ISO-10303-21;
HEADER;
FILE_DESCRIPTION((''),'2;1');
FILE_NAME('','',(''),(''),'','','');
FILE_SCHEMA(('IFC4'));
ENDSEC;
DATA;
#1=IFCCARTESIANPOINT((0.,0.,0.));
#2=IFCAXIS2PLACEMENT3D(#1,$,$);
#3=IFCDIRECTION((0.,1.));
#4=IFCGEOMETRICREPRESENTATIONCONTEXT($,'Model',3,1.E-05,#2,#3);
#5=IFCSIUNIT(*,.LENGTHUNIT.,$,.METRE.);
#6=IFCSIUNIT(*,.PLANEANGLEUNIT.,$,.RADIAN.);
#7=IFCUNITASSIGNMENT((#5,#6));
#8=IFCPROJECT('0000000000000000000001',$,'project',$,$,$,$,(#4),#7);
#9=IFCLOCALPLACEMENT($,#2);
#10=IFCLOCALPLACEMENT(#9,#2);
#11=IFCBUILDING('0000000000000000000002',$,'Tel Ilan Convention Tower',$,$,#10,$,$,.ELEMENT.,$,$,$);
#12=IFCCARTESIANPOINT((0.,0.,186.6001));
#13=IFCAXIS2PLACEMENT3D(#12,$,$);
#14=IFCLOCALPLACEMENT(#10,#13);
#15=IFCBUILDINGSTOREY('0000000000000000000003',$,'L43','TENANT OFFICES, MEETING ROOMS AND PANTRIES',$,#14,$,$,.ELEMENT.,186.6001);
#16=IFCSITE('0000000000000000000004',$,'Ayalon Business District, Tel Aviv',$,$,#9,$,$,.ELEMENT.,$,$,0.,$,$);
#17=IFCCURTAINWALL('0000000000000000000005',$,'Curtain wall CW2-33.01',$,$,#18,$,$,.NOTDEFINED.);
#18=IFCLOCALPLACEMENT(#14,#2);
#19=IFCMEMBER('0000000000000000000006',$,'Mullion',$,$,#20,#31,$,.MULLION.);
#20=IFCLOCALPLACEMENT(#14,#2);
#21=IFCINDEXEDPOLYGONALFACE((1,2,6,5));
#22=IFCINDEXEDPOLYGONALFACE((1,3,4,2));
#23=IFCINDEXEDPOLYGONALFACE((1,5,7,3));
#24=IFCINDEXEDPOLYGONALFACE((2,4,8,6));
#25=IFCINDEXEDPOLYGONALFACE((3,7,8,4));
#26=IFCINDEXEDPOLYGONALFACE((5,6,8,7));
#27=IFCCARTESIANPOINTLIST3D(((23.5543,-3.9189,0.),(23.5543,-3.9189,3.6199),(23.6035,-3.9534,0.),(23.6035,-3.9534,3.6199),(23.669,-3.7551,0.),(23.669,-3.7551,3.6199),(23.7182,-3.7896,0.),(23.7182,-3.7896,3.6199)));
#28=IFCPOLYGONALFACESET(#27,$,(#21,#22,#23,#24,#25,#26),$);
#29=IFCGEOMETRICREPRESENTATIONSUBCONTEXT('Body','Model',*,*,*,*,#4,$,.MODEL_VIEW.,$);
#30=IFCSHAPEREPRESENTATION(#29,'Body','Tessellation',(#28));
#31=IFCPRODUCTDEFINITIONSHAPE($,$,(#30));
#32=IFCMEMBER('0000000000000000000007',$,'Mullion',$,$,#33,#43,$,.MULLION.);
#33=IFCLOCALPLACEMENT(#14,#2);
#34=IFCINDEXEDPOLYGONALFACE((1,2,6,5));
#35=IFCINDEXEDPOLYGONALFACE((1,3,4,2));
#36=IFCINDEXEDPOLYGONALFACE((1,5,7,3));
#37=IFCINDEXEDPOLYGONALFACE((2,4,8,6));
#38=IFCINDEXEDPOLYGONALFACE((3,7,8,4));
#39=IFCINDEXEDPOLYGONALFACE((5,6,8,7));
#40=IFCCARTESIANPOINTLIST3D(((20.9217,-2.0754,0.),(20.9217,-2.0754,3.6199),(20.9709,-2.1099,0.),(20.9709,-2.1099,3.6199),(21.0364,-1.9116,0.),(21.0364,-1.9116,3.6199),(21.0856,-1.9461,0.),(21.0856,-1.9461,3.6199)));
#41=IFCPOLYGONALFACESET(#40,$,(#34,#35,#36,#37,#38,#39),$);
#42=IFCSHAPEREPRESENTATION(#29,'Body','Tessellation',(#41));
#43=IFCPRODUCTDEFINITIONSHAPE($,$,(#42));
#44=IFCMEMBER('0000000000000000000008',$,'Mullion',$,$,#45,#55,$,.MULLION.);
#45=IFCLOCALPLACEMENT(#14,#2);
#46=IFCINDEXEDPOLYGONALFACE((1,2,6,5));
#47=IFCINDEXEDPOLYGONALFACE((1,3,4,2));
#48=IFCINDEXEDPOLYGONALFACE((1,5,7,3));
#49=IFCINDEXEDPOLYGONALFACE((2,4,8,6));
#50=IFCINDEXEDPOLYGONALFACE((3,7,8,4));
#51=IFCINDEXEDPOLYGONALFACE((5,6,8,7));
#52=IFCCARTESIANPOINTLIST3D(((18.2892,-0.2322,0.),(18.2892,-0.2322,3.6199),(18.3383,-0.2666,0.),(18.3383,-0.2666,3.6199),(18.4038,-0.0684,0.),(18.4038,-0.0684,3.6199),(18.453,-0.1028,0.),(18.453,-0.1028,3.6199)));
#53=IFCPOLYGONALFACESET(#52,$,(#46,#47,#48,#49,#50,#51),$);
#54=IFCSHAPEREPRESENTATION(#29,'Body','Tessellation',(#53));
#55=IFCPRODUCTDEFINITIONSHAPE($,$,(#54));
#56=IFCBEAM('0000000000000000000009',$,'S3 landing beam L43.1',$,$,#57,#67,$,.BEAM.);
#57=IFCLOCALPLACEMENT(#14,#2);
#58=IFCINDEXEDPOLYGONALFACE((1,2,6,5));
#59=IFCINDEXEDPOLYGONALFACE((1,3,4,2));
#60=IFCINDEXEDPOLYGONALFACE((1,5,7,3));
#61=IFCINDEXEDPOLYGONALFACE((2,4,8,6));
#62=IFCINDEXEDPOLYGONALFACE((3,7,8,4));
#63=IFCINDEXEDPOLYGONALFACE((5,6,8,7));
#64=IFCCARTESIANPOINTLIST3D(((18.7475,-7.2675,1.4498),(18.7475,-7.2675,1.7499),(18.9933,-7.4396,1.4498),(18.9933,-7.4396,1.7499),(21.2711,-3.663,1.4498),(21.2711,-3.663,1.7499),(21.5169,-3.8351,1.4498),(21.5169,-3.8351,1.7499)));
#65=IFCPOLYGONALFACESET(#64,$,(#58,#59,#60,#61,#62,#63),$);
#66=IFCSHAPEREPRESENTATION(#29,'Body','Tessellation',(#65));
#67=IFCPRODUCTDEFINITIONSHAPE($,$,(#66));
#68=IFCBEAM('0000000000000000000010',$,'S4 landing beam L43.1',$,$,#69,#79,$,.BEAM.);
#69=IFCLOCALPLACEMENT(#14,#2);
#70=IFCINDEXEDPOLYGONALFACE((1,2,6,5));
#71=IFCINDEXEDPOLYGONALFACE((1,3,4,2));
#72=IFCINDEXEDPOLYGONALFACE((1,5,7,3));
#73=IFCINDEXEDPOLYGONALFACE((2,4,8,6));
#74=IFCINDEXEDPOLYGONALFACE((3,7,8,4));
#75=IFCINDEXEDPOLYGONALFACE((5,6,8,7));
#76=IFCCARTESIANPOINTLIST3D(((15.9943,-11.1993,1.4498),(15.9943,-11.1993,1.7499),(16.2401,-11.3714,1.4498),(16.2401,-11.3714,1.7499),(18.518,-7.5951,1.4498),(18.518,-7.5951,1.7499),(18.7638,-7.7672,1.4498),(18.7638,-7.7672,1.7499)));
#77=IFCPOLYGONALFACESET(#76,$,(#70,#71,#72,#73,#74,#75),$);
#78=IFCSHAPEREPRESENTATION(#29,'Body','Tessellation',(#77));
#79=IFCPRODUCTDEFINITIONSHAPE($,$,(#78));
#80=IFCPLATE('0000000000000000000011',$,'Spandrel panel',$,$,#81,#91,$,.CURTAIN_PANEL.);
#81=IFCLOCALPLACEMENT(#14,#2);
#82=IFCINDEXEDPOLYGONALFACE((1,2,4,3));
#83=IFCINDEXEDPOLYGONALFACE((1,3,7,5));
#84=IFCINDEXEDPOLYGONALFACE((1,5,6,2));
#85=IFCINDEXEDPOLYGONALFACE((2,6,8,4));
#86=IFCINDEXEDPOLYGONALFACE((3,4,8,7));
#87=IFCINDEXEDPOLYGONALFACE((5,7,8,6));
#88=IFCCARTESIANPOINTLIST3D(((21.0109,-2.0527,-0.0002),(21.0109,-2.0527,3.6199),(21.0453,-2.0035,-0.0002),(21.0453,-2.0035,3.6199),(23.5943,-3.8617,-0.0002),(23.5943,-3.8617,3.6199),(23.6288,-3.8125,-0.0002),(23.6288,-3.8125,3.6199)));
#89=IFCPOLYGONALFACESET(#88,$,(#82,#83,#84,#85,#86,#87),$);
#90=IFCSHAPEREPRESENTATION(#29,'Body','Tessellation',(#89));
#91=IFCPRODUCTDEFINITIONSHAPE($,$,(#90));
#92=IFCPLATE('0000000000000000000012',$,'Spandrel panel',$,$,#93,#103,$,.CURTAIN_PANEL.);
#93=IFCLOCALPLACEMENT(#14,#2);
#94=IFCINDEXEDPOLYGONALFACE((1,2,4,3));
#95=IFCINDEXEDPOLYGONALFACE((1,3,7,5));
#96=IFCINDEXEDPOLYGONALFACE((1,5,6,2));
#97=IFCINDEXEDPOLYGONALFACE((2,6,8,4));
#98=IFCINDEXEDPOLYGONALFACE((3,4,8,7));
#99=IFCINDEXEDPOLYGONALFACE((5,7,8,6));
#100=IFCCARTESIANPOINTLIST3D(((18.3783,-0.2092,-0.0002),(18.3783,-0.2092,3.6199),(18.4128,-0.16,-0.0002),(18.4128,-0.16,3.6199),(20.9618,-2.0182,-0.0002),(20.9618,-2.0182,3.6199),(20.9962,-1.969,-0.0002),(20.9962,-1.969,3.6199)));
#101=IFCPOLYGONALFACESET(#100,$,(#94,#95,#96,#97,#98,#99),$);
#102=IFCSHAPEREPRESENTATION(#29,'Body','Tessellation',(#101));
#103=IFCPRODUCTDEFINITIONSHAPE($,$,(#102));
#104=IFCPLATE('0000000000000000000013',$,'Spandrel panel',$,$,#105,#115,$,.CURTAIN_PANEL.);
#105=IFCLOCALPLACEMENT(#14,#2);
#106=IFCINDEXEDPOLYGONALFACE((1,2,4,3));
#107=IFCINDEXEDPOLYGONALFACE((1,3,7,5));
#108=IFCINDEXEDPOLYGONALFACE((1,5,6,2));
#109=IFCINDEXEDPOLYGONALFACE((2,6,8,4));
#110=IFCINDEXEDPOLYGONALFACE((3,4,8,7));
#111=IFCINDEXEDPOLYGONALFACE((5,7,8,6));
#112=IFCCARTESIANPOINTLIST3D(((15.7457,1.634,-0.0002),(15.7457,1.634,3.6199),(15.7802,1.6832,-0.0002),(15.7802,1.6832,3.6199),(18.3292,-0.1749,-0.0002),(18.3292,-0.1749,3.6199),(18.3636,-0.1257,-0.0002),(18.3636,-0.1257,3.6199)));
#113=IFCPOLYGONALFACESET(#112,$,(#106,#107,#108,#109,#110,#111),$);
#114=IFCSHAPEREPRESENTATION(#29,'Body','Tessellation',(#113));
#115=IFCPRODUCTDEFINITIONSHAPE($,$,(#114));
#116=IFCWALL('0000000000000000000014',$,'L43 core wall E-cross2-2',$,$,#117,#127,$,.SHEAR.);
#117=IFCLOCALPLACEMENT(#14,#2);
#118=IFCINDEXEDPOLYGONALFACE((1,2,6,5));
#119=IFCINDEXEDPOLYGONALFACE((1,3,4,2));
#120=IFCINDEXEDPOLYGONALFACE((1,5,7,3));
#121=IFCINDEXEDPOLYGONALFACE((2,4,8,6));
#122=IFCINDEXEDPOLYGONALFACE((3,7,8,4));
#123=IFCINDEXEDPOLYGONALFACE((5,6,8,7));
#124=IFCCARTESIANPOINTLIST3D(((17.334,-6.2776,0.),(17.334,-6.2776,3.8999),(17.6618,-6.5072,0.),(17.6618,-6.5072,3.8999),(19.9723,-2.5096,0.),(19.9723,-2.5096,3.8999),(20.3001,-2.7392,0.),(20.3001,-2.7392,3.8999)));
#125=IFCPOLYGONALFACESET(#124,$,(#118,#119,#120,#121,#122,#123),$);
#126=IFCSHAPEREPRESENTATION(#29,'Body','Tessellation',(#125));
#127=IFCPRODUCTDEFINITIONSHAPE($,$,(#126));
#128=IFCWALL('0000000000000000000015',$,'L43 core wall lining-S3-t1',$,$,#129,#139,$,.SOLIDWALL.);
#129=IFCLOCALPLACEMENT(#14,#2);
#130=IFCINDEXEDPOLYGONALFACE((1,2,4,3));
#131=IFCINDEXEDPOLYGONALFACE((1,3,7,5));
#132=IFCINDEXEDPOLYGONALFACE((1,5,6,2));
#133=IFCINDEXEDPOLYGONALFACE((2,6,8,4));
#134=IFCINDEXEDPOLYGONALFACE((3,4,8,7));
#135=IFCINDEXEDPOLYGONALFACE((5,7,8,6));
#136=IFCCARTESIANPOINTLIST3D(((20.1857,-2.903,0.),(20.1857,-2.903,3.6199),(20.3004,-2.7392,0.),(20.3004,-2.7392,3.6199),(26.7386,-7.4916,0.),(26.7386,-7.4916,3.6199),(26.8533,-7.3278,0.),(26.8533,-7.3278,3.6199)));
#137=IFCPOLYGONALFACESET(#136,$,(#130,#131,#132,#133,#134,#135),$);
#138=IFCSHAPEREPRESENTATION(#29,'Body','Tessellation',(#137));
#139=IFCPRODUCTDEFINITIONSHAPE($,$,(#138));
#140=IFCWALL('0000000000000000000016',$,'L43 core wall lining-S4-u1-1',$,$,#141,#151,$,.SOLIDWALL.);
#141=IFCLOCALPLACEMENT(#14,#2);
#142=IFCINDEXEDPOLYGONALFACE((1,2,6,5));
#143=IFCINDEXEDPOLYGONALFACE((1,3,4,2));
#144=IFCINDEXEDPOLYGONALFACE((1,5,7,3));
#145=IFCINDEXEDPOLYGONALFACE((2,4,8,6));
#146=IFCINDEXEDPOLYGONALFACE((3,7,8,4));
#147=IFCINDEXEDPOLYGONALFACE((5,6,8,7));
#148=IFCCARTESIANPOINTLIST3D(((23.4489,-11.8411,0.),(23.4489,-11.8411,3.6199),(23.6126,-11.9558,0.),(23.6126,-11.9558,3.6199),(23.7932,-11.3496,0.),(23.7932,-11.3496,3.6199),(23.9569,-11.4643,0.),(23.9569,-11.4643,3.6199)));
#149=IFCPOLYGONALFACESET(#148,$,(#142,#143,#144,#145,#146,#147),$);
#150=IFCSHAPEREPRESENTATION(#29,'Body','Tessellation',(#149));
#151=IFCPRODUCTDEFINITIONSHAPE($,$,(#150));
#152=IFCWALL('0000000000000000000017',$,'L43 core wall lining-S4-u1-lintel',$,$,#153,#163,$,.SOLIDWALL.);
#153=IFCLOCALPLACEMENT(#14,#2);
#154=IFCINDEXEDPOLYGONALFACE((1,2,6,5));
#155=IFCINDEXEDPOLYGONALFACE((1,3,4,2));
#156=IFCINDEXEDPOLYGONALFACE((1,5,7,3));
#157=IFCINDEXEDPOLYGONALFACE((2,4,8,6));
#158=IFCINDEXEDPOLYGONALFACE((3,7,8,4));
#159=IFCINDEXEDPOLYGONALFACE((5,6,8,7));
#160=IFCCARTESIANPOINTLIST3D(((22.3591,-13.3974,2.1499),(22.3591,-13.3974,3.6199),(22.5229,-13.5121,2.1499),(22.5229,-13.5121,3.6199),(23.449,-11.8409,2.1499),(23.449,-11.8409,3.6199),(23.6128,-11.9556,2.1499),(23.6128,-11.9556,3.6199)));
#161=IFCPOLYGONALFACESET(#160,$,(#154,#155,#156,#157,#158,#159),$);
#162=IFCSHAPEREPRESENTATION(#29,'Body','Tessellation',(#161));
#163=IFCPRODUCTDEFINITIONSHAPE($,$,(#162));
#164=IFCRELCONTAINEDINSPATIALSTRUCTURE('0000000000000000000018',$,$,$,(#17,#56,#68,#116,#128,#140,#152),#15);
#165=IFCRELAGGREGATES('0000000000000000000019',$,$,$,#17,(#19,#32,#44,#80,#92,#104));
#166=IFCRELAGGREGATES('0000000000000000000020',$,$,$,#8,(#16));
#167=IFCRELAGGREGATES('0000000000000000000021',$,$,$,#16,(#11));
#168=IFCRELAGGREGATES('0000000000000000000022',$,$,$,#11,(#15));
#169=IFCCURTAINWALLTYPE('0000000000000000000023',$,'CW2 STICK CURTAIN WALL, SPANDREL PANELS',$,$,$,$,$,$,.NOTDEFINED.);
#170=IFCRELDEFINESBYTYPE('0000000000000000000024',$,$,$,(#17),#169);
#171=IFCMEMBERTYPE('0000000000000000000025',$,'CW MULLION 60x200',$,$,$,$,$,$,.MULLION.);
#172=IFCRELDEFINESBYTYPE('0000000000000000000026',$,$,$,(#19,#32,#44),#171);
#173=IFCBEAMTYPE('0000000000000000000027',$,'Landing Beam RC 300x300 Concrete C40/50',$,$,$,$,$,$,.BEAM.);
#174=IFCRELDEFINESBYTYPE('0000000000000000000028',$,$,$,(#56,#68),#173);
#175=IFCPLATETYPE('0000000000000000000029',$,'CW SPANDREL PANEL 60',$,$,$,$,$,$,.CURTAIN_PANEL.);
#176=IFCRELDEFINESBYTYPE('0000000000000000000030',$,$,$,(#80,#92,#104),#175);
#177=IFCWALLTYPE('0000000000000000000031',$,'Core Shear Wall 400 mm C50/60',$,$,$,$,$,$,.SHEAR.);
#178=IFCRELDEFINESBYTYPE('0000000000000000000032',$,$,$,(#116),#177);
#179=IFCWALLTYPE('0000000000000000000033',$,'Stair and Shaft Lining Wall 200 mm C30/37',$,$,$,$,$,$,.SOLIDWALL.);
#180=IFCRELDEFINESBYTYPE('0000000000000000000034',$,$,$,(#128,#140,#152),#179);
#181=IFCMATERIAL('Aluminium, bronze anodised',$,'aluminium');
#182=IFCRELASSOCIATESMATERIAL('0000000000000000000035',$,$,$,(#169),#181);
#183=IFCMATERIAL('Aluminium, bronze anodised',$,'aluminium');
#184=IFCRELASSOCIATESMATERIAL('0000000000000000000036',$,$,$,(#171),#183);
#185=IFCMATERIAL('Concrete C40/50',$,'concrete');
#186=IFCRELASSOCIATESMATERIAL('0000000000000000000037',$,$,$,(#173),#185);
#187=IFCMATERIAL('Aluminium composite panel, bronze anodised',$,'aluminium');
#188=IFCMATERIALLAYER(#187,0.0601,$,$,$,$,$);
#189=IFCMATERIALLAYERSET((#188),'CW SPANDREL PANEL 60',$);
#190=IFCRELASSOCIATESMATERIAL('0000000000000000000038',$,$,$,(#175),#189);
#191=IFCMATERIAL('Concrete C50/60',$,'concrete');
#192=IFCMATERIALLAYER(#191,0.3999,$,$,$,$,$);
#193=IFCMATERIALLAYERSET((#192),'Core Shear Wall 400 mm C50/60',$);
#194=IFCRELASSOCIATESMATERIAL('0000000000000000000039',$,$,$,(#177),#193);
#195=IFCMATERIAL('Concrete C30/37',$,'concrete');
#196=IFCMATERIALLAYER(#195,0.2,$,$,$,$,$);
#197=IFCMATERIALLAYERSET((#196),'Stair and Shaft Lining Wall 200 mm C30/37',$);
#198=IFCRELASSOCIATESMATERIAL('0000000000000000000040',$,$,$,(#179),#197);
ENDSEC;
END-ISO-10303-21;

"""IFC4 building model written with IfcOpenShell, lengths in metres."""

from ifc_helpers import new_model, si_unit, direction, frame, frame_2d, origin, origin_2d, place, context, subcontext, project, spatial, polyline, rectangle, outline, extrude, material, layer, layer_set, material_profile, profile_set, type_object, element, aggregate, save


model = new_model("IFC4")

# Units and contexts
model_context = context("Model", 3, precision=1e-05, world=origin(), true_north=direction((0.0, 1.0)))
body_context = subcontext(model_context, "Body", "Model", "MODEL_VIEW")
ifc_project = project(units=[si_unit("LENGTHUNIT", "METRE"), si_unit("PLANEANGLEUNIT", "RADIAN")], contexts=[model_context])

# Site, building, storey
site_placement = place(None, origin())
site = spatial("IfcSite", under=ifc_project, at=site_placement, Name="Ayalon Business District, Tel Aviv", CompositionType="ELEMENT", RefElevation=0.0)
building_placement = place(site_placement, origin())
building = spatial("IfcBuilding", under=site, at=building_placement, Name="Tel Ilan Convention Tower", CompositionType="ELEMENT")
storey_placement = place(building_placement, frame((0.0, 0.0, 186.6001)))
storey = spatial("IfcBuildingStorey", under=building, at=storey_placement, Name="L43", Description="TENANT OFFICES, MEETING ROOMS AND PANTRIES", CompositionType="ELEMENT", Elevation=186.6001)

# Curtain wall, members
ifc_material_1 = material(Name="Aluminium, bronze anodised", Category="aluminium")
curtain_wall_type = type_object("IfcCurtainWallType", Name="CW2 STICK CURTAIN WALL, SPANDREL PANELS", PredefinedType="NOTDEFINED", material=ifc_material_1)
curtain_wall_placement = place(storey_placement, origin())
curtain_wall = element("IfcCurtainWall", 1, at=curtain_wall_placement, inside=storey, type_object=curtain_wall_type, Name="Curtain wall CW2-33.01", PredefinedType="NOTDEFINED")
ifc_material_2 = material(Name="Aluminium, bronze anodised", Category="aluminium")
ifc_material_profile_1 = material_profile(ifc_material_2, rectangle(XDim=0.0601, YDim=0.2, at=origin_2d()), Name="CW MULLION 60x200")
ifc_profile_set_1 = profile_set([ifc_material_profile_1], Name="Aluminium, bronze anodised")
member_type = type_object("IfcMemberType", Name="CW MULLION 60x200", PredefinedType="MULLION", material=ifc_profile_set_1)
member_1_placement = place(storey_placement, frame((23.6362, -3.8542, 0.0), z_axis=(0.0, 0.0, 1.0), x_axis=(-0.819152, 0.573576, 0.0)))
member_1 = element("IfcMember", 2, at=member_1_placement, type_object=member_type, Name="Mullion", PredefinedType="MULLION", context=body_context, shape_type="SweptSolid", body=[
    extrude(rectangle(XDim=0.0601, YDim=0.2, at=origin_2d()), origin(), (0.0, 0.0, 1.0), 3.6199),
])
member_2_placement = place(storey_placement, frame((21.0037, -2.0107, 0.0), z_axis=(0.0, 0.0, 1.0), x_axis=(-0.819152, 0.573576, 0.0)))
member_2 = element("IfcMember", 3, at=member_2_placement, type_object=member_type, Name="Mullion", PredefinedType="MULLION", context=body_context, shape_type="SweptSolid", body=[
    extrude(rectangle(XDim=0.0601, YDim=0.2, at=origin_2d()), origin(), (0.0, 0.0, 1.0), 3.6199),
])
member_3_placement = place(storey_placement, frame((18.3711, -0.1675, 0.0), z_axis=(0.0, 0.0, 1.0), x_axis=(-0.819152, 0.573576, 0.0)))
member_3 = element("IfcMember", 4, at=member_3_placement, type_object=member_type, Name="Mullion", PredefinedType="MULLION", context=body_context, shape_type="SweptSolid", body=[
    extrude(rectangle(XDim=0.0601, YDim=0.2, at=origin_2d()), origin(), (0.0, 0.0, 1.0), 3.6199),
])

# Beams
ifc_material_3 = material(Name="Concrete C40/50", Category="concrete")
ifc_material_profile_2 = material_profile(ifc_material_3, rectangle(XDim=0.3, YDim=0.3, at=origin_2d()), Name="RC 300x300")
ifc_profile_set_2 = profile_set([ifc_material_profile_2], Name="Concrete C40/50")
beam_type = type_object("IfcBeamType", Name="Landing Beam RC 300x300 Concrete C40/50", PredefinedType="BEAM", material=ifc_profile_set_2)
beam_1_placement = place(storey_placement, frame((21.394, -3.749, 1.5999), z_axis=(-0.573544, -0.819175, 0.0), x_axis=(0.819175, -0.573544, 0.0)))
element("IfcBeam", 5, at=beam_1_placement, inside=storey, type_object=beam_type, Name="S3 landing beam L43.1", PredefinedType="BEAM", context=body_context, shape_type="SweptSolid", body=[
    extrude(rectangle(XDim=0.3, YDim=0.3, at=origin_2d()), origin(), (0.0, 0.0, 1.0), 4.4001),
])
beam_2_placement = place(storey_placement, frame((18.6409, -7.6812, 1.5999), z_axis=(-0.57357, -0.819156, 0.0), x_axis=(0.819156, -0.57357, 0.0)))
element("IfcBeam", 6, at=beam_2_placement, inside=storey, type_object=beam_type, Name="S4 landing beam L43.1", PredefinedType="BEAM", context=body_context, shape_type="SweptSolid", body=[
    extrude(rectangle(XDim=0.3, YDim=0.3, at=origin_2d()), origin(), (0.0, 0.0, 1.0), 4.3999),
])

# Plates
ifc_material_4 = material(Name="Aluminium composite panel, bronze anodised", Category="aluminium")
ifc_layer_1 = layer(ifc_material_4, 0.0601)
ifc_layer_set_1 = layer_set([ifc_layer_1], Name="CW SPANDREL PANEL 60")
plate_type = type_object("IfcPlateType", Name="CW SPANDREL PANEL 60", PredefinedType="CURTAIN_PANEL", material=ifc_layer_set_1)
plate_1_placement = place(storey_placement, frame((22.3198, -2.9326, -0.0002), z_axis=(0.0, 0.0, 1.0), x_axis=(-0.819152, 0.573576, 0.0)))
plate_1 = element("IfcPlate", 7, at=plate_1_placement, type_object=plate_type, Name="Spandrel panel", PredefinedType="CURTAIN_PANEL", context=body_context, shape_type="SweptSolid", body=[
    extrude(rectangle(XDim=3.1538, YDim=0.0601, at=origin_2d()), origin(), (0.0, 0.0, 1.0), 3.6201),
])
plate_2_placement = place(storey_placement, frame((19.6873, -1.0891, -0.0002), z_axis=(0.0, 0.0, 1.0), x_axis=(-0.819152, 0.573576, 0.0)))
plate_2 = element("IfcPlate", 8, at=plate_2_placement, type_object=plate_type, Name="Spandrel panel", PredefinedType="CURTAIN_PANEL", context=body_context, shape_type="SweptSolid", body=[
    extrude(rectangle(XDim=3.1538, YDim=0.0601, at=origin_2d()), origin(), (0.0, 0.0, 1.0), 3.6201),
])
plate_3_placement = place(storey_placement, frame((17.0547, 0.7542, -0.0002), z_axis=(0.0, 0.0, 1.0), x_axis=(-0.819152, 0.573576, 0.0)))
plate_3 = element("IfcPlate", 9, at=plate_3_placement, type_object=plate_type, Name="Spandrel panel", PredefinedType="CURTAIN_PANEL", context=body_context, shape_type="SweptSolid", body=[
    extrude(rectangle(XDim=3.1538, YDim=0.0601, at=origin_2d()), origin(), (0.0, 0.0, 1.0), 3.6201),
])
aggregate(curtain_wall, [member_1, member_2, member_3, plate_1, plate_2, plate_3])

# Walls
ifc_material_5 = material(Name="Concrete C50/60", Category="concrete")
ifc_layer_2 = layer(ifc_material_5, 0.3999)
ifc_layer_set_2 = layer_set([ifc_layer_2], Name="Core Shear Wall 400 mm C50/60")
wall_type_1 = type_object("IfcWallType", Name="Core Shear Wall 400 mm C50/60", PredefinedType="SHEAR", material=ifc_layer_set_2)
wall_1_placement = place(storey_placement, frame((17.4978, -6.3923, 0.0), z_axis=(0.0, 0.0, 1.0), x_axis=(0.573612, 0.819127, 0.0)))
element("IfcWall", 10, at=wall_1_placement, inside=storey, type_object=wall_type_1, Name="L43 core wall E-cross2-2", PredefinedType="SHEAR", context=body_context, shape_type="SweptSolid", body=[
    extrude(outline(polyline([(4.5999, -0.2), (4.5999, 0.2002), (0.0, 0.2), (0.0, -0.2002), (4.5999, -0.2)])), origin(), (0.0, 0.0, 1.0), 3.8999),
])
ifc_material_6 = material(Name="Concrete C30/37", Category="concrete")
ifc_layer_3 = layer(ifc_material_6, 0.2)
ifc_layer_set_3 = layer_set([ifc_layer_3], Name="Stair and Shaft Lining Wall 200 mm C30/37")
wall_type_2 = type_object("IfcWallType", Name="Stair and Shaft Lining Wall 200 mm C30/37", PredefinedType="SOLIDWALL", material=ifc_layer_set_3)
wall_2_placement = place(storey_placement, frame((20.2429, -2.821, 0.0), z_axis=(0.0, 0.0, 1.0), x_axis=(0.819142, -0.573591, 0.0)))
element("IfcWall", 11, at=wall_2_placement, inside=storey, type_object=wall_type_2, Name="L43 core wall lining-S3-t1", PredefinedType="SOLIDWALL", context=body_context, shape_type="SweptSolid", body=[
    extrude(rectangle(XDim=7.9998, YDim=0.2, at=frame_2d((4.0, 0.0))), origin(), (0.0, 0.0, 1.0), 3.6199),
])
wall_3_placement = place(storey_placement, frame((23.5308, -11.8984, 0.0), z_axis=(0.0, 0.0, 1.0), x_axis=(0.573708, 0.81906, 0.0)))
element("IfcWall", 12, at=wall_3_placement, inside=storey, type_object=wall_type_2, Name="L43 core wall lining-S4-u1-1", PredefinedType="SOLIDWALL", context=body_context, shape_type="SweptSolid", body=[
    extrude(rectangle(XDim=0.6001, YDim=0.2, at=frame_2d((0.3, 0.0))), origin(), (0.0, 0.0, 1.0), 3.6199),
])
wall_4_placement = place(storey_placement, frame((22.4409, -13.4548, 2.1499), z_axis=(0.0, 0.0, 1.0), x_axis=(0.573592, 0.819141, 0.0)))
element("IfcWall", 13, at=wall_4_placement, inside=storey, type_object=wall_type_2, Name="L43 core wall lining-S4-u1-lintel", PredefinedType="SOLIDWALL", context=body_context, shape_type="SweptSolid", body=[
    extrude(rectangle(XDim=1.9001, YDim=0.2, at=frame_2d((0.9502, 0.0))), origin(), (0.0, 0.0, 1.0), 1.47),
])

save(model, "model.ifc")
